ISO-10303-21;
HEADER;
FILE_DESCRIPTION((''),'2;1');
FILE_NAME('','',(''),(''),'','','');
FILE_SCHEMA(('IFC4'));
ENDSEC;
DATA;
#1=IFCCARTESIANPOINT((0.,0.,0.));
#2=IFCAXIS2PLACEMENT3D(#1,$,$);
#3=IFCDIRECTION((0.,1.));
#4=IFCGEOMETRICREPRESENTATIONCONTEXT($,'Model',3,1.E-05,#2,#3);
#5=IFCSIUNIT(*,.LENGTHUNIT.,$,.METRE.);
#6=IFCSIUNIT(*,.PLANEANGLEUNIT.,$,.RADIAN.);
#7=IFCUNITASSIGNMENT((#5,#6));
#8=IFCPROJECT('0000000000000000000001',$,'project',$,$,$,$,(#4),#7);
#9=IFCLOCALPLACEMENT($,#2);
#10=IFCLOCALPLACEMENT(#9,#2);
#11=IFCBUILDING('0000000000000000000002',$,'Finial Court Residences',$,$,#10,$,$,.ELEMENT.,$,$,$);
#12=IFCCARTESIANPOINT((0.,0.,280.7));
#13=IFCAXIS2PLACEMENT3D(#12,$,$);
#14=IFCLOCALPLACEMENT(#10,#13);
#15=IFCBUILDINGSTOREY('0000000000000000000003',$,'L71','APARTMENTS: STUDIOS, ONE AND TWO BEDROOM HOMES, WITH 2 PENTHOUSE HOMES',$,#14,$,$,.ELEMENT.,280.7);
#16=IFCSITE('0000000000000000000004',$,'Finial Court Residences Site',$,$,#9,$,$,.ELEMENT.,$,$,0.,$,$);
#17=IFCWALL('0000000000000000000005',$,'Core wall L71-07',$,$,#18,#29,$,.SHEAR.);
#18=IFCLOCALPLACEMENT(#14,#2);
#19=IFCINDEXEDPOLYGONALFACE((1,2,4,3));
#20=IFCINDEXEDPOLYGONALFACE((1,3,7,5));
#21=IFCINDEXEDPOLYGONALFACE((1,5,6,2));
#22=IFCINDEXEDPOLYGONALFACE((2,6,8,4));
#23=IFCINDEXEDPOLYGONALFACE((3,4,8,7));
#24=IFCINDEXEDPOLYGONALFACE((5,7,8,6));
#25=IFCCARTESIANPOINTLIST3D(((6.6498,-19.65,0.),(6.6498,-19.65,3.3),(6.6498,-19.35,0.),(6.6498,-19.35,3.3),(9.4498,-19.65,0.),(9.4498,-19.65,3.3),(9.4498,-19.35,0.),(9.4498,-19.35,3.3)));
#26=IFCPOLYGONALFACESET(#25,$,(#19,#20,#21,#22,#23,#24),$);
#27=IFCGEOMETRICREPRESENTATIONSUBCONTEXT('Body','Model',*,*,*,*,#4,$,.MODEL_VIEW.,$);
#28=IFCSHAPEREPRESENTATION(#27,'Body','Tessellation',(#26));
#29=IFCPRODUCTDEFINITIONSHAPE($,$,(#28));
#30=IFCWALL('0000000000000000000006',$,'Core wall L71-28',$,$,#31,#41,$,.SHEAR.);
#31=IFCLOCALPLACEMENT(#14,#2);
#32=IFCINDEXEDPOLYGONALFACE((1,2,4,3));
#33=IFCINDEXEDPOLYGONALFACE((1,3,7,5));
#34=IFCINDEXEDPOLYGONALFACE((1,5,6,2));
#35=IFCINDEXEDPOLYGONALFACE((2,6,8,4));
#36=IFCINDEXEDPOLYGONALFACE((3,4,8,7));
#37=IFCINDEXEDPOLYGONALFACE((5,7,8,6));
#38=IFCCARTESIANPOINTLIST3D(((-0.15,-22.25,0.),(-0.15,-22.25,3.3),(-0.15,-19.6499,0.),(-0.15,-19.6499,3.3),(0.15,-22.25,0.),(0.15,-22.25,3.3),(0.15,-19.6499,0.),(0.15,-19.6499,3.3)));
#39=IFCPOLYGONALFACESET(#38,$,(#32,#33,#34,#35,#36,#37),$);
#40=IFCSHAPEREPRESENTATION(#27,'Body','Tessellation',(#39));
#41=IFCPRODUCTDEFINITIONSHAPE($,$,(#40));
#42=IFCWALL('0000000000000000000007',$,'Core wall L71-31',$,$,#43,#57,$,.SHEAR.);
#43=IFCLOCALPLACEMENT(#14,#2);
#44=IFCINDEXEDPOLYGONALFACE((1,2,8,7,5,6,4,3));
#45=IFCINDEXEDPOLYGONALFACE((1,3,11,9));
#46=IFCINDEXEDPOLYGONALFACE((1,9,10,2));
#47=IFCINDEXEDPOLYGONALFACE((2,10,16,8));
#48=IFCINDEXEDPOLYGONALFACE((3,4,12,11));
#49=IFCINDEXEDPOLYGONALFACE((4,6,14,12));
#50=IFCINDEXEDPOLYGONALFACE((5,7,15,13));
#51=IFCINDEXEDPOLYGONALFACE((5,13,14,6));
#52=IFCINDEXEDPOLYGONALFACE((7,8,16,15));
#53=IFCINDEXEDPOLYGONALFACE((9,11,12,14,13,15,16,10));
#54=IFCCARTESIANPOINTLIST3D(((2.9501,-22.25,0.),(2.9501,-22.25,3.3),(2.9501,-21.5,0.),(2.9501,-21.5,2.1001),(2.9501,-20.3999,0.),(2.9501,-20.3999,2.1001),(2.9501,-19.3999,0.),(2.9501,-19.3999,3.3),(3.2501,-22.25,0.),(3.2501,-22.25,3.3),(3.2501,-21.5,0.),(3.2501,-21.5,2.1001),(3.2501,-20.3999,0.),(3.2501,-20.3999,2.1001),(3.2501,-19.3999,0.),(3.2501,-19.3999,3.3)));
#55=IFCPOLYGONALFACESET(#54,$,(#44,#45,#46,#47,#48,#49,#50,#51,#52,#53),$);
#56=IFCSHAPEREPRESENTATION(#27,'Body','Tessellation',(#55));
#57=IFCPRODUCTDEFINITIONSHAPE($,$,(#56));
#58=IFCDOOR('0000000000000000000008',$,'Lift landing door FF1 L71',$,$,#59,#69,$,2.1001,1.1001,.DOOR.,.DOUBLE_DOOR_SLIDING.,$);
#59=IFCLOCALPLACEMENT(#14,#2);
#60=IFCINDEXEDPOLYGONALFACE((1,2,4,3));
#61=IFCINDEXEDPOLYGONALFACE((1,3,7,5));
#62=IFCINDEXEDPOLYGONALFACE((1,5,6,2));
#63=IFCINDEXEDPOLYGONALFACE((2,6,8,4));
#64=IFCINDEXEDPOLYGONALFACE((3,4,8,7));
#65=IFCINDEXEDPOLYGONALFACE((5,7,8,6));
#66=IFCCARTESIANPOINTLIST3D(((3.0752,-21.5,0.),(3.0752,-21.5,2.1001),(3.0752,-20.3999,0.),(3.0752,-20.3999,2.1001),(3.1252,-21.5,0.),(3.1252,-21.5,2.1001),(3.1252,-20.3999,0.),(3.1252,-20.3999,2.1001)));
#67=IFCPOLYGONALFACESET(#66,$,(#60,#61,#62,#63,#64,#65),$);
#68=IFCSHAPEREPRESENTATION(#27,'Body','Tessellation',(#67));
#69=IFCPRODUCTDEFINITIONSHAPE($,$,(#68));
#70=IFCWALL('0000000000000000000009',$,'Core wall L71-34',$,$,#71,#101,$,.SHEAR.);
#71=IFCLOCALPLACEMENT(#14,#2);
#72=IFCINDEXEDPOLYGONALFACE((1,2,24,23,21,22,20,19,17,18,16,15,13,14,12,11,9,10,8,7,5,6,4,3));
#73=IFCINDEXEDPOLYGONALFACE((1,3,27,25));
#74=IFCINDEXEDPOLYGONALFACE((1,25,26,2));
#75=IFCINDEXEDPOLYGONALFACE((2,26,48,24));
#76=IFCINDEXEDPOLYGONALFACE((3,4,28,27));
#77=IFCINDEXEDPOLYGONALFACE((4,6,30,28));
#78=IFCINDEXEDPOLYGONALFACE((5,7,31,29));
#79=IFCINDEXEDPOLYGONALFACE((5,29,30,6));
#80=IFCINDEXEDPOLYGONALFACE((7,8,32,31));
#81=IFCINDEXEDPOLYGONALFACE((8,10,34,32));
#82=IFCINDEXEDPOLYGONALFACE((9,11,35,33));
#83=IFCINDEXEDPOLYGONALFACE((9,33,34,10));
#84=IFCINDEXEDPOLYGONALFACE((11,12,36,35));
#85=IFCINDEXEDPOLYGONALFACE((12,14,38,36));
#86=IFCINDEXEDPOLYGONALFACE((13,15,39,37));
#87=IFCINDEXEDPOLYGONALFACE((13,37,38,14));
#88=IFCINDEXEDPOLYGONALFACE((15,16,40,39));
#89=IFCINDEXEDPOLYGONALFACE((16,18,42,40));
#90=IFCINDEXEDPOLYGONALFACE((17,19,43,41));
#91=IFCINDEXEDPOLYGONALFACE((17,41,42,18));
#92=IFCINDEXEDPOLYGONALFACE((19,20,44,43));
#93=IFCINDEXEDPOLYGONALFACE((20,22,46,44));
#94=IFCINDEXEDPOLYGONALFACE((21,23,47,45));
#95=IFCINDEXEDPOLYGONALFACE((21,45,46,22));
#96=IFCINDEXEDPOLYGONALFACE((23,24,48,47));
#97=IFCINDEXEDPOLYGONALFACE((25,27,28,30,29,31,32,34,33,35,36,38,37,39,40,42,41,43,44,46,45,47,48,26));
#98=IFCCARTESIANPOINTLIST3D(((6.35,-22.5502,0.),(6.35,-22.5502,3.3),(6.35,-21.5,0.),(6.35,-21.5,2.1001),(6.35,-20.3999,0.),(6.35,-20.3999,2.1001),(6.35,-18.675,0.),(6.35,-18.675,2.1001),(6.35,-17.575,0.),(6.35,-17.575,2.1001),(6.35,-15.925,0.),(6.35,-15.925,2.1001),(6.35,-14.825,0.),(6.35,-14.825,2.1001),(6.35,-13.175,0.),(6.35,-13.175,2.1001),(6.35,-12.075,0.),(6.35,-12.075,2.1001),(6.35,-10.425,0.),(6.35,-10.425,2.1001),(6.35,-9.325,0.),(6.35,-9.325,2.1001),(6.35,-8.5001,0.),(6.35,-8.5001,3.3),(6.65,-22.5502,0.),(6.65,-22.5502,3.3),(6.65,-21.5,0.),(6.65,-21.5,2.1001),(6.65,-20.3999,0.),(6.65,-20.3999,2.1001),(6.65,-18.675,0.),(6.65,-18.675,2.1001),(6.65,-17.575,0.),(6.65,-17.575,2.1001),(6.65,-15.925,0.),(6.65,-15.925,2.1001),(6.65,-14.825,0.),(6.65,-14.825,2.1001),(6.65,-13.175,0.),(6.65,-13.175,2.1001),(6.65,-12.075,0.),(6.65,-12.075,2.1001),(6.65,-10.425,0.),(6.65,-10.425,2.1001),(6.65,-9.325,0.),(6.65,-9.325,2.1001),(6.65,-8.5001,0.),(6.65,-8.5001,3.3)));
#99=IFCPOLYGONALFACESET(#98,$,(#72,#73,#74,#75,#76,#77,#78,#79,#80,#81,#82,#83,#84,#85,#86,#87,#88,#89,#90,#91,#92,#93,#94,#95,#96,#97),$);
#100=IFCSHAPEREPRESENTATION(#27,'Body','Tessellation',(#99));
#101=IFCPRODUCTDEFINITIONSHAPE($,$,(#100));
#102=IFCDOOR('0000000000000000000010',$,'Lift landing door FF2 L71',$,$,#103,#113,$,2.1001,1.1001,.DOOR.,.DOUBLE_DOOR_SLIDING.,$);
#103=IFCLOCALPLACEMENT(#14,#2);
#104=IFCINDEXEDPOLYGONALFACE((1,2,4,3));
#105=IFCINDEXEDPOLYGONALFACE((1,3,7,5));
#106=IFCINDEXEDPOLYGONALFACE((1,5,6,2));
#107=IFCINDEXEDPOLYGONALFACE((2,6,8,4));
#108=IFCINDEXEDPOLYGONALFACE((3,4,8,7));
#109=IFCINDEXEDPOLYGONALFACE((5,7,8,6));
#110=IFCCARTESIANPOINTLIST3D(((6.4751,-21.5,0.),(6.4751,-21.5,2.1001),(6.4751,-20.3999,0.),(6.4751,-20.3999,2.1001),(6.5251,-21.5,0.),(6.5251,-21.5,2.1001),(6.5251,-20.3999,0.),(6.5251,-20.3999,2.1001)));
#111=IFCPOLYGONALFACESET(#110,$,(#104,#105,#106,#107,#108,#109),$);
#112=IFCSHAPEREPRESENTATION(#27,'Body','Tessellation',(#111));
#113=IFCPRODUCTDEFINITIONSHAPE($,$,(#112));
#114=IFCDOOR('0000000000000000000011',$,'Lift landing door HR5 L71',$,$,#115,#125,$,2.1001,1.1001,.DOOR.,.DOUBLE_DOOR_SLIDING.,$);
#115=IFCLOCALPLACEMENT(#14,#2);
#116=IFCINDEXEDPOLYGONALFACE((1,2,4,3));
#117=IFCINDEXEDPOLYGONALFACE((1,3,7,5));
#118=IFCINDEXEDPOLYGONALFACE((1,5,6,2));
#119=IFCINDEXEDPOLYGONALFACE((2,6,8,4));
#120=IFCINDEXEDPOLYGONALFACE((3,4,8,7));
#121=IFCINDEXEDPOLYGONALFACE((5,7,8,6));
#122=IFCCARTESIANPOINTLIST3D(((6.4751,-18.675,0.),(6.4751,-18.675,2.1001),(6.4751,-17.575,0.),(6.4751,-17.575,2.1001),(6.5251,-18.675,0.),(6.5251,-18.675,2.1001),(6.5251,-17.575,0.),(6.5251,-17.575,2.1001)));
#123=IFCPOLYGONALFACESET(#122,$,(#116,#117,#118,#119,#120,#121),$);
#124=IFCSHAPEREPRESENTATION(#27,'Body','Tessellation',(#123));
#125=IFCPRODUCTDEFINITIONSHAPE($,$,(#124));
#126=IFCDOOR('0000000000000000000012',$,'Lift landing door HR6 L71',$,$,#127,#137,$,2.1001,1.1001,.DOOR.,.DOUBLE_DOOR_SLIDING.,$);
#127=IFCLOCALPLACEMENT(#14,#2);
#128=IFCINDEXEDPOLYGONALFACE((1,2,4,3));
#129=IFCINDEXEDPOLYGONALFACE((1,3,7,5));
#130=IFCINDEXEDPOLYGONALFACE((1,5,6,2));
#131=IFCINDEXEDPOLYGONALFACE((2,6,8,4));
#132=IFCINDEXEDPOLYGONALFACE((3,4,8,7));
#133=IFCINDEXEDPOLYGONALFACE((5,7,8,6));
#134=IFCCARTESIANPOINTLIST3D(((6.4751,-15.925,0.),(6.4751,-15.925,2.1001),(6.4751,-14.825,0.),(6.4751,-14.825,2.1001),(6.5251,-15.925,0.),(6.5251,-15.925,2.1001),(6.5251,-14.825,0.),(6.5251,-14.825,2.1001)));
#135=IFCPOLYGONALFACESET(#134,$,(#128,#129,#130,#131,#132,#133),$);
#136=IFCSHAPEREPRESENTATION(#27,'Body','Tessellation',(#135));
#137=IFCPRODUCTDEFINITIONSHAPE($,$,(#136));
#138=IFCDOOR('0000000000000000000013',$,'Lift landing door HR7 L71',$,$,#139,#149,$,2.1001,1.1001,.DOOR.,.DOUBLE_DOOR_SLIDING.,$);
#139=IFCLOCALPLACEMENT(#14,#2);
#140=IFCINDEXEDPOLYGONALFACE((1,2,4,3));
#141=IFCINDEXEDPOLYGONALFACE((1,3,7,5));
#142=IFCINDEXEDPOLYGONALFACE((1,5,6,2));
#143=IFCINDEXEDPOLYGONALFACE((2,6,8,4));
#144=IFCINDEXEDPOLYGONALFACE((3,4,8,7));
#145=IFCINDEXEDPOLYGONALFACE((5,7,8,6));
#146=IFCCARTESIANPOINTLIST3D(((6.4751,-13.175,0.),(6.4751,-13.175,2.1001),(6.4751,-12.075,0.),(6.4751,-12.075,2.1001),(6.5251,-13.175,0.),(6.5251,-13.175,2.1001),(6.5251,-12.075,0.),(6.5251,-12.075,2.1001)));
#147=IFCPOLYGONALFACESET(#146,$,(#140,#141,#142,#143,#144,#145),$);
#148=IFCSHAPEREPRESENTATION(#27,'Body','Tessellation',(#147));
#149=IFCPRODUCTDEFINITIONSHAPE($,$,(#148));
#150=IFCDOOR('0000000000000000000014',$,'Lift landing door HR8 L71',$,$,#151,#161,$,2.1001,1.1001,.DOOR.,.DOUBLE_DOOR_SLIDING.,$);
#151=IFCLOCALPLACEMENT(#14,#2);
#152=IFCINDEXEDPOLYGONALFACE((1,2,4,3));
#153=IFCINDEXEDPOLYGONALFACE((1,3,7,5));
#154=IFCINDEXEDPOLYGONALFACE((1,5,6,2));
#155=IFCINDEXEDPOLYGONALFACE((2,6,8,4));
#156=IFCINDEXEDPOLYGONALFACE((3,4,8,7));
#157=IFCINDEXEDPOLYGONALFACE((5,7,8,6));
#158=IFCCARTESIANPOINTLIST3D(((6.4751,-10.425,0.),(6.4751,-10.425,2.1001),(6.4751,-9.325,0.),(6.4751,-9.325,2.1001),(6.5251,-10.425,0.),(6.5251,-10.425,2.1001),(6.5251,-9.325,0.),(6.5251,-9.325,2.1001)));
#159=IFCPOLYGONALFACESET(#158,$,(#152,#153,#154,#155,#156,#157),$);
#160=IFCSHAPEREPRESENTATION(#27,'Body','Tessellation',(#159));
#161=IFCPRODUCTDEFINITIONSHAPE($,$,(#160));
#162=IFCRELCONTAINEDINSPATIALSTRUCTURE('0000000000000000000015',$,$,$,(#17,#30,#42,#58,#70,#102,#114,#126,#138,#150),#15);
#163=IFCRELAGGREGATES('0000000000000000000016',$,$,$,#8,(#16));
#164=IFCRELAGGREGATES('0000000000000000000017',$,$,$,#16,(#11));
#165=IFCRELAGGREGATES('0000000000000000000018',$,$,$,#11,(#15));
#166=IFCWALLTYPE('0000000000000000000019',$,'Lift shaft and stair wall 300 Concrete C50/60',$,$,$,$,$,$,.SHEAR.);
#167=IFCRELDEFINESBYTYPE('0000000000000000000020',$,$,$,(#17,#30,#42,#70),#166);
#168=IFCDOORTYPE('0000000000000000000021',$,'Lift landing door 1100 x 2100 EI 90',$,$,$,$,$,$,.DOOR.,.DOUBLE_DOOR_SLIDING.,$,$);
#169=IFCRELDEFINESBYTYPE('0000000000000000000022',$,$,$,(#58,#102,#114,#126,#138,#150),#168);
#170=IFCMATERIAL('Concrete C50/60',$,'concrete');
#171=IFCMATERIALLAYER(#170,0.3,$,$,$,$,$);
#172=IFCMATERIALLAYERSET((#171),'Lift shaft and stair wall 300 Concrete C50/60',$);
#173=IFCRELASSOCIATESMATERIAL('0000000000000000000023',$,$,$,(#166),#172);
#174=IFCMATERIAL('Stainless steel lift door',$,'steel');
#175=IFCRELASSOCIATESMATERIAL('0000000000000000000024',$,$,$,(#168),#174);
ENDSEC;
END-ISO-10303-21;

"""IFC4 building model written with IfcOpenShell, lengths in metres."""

from ifc_helpers import new_model, si_unit, direction, frame, frame_2d, origin, place, context, subcontext, project, spatial, rectangle, extrude, material, layer, layer_set, type_object, element, fill, save


model = new_model("IFC4")

# Units and contexts
model_context = context("Model", 3, precision=1e-05, world=origin(), true_north=direction((0.0, 1.0)))
body_context = subcontext(model_context, "Body", "Model", "MODEL_VIEW")
ifc_project = project(units=[si_unit("LENGTHUNIT", "METRE"), si_unit("PLANEANGLEUNIT", "RADIAN")], contexts=[model_context])

# Site, building, storey
site_placement = place(None, origin())
site = spatial("IfcSite", under=ifc_project, at=site_placement, Name="Finial Court Residences Site", CompositionType="ELEMENT", RefElevation=0.0)
building_placement = place(site_placement, origin())
building = spatial("IfcBuilding", under=site, at=building_placement, Name="Finial Court Residences", CompositionType="ELEMENT")
storey_placement = place(building_placement, frame((0.0, 0.0, 280.7)))
storey = spatial("IfcBuildingStorey", under=building, at=storey_placement, Name="L71", Description="APARTMENTS: STUDIOS, ONE AND TWO BEDROOM HOMES, WITH 2 PENTHOUSE HOMES", CompositionType="ELEMENT", Elevation=280.7)

# Walls
ifc_material_1 = material(Name="Concrete C50/60", Category="concrete")
ifc_layer_1 = layer(ifc_material_1, 0.3)
ifc_layer_set_1 = layer_set([ifc_layer_1], Name="Lift shaft and stair wall 300 Concrete C50/60")
wall_type_1 = type_object("IfcWallType", Name="Lift shaft and stair wall 300 Concrete C50/60", PredefinedType="SHEAR", material=ifc_layer_set_1)
wall_1_placement = place(storey_placement, frame((6.6499, -19.5, 0.0), z_axis=(0.0, 0.0, 1.0), x_axis=(1.0, 0.0, 0.0)))
element("IfcWall", 1, at=wall_1_placement, inside=storey, type_object=wall_type_1, Name="Core wall L71-07", PredefinedType="SHEAR", context=body_context, shape_type="SweptSolid", body=[
    extrude(rectangle(XDim=2.8, YDim=0.3, at=frame_2d((1.3999, 0.0))), origin(), (0.0, 0.0, 1.0), 3.3),
])
wall_2_placement = place(storey_placement, frame((0.0, -22.25, 0.0), z_axis=(0.0, 0.0, 1.0), x_axis=(0.0, 1.0, 0.0)))
element("IfcWall", 2, at=wall_2_placement, inside=storey, type_object=wall_type_1, Name="Core wall L71-28", PredefinedType="SHEAR", context=body_context, shape_type="SweptSolid", body=[
    extrude(rectangle(XDim=2.6001, YDim=0.3, at=frame_2d((1.3, 0.0))), origin(), (0.0, 0.0, 1.0), 3.3),
])

# Wall, opening, door
wall_3_placement = place(storey_placement, frame((3.1001, -22.25, 0.0), z_axis=(0.0, 0.0, 1.0), x_axis=(0.0, 1.0, 0.0)))
wall_3 = element("IfcWall", 3, at=wall_3_placement, inside=storey, type_object=wall_type_1, Name="Core wall L71-31", PredefinedType="SHEAR", context=body_context, shape_type="SweptSolid", body=[
    extrude(rectangle(XDim=2.8501, YDim=0.3, at=frame_2d((1.425, 0.0))), origin(), (0.0, 0.0, 1.0), 3.3),
])
opening_1_placement = place(wall_3_placement, frame((0.75, 0.0, 0.0)))
opening_1 = element("IfcOpeningElement", 4, at=opening_1_placement, cuts=wall_3, PredefinedType="OPENING", context=body_context, shape_type="SweptSolid", body=[
    extrude(rectangle(XDim=1.1001, YDim=2.1001, at=frame_2d((0.55, 1.05))), frame((0.0, 0.1599, 0.0), z_axis=(0.0, -1.0, 0.0), x_axis=(1.0, 0.0, 0.0)), (0.0, 0.0, 1.0), 0.3201),
])
ifc_material_2 = material(Name="Stainless steel lift door", Category="steel")
door_type_1 = type_object("IfcDoorType", Name="Lift landing door 1100 x 2100 EI 90", OperationType="DOUBLE_DOOR_SLIDING", PredefinedType="DOOR", material=ifc_material_2)
door_1_placement = place(opening_1_placement, origin())
door_1 = element("IfcDoor", 5, at=door_1_placement, inside=storey, type_object=door_type_1, Name="Lift landing door FF1 L71", OperationType="DOUBLE_DOOR_SLIDING", OverallHeight=2.1001, OverallWidth=1.1001, PredefinedType="DOOR", context=body_context, shape_type="SweptSolid", body=[
    extrude(rectangle(XDim=1.1001, YDim=2.1001, at=frame_2d((0.55, 1.05))), frame((0.0, 0.0249, 0.0), z_axis=(0.0, -1.0, 0.0), x_axis=(1.0, 0.0, 0.0)), (0.0, 0.0, 1.0), 0.05),
])
fill(opening_1, door_1)

# Wall, openings, doors
wall_4_placement = place(storey_placement, frame((6.5, -22.55, 0.0), z_axis=(0.0, 0.0, 1.0), x_axis=(0.0, 1.0, 0.0)))
wall_4 = element("IfcWall", 6, at=wall_4_placement, inside=storey, type_object=wall_type_1, Name="Core wall L71-34", PredefinedType="SHEAR", context=body_context, shape_type="SweptSolid", body=[
    extrude(rectangle(XDim=14.05, YDim=0.3, at=frame_2d((7.0249, 0.0))), origin(), (0.0, 0.0, 1.0), 3.3),
])
opening_2_placement = place(wall_4_placement, frame((1.05, 0.0, 0.0)))
opening_2 = element("IfcOpeningElement", 7, at=opening_2_placement, cuts=wall_4, PredefinedType="OPENING", context=body_context, shape_type="SweptSolid", body=[
    extrude(rectangle(XDim=1.1001, YDim=2.1001, at=frame_2d((0.55, 1.05))), frame((0.0, 0.1599, 0.0), z_axis=(0.0, -1.0, 0.0), x_axis=(1.0, 0.0, 0.0)), (0.0, 0.0, 1.0), 0.3201),
])
opening_3_placement = place(wall_4_placement, frame((3.875, 0.0, 0.0)))
opening_3 = element("IfcOpeningElement", 8, at=opening_3_placement, cuts=wall_4, PredefinedType="OPENING", context=body_context, shape_type="SweptSolid", body=[
    extrude(rectangle(XDim=1.1001, YDim=2.1001, at=frame_2d((0.55, 1.05))), frame((0.0, 0.1599, 0.0), z_axis=(0.0, -1.0, 0.0), x_axis=(1.0, 0.0, 0.0)), (0.0, 0.0, 1.0), 0.3201),
])
opening_4_placement = place(wall_4_placement, frame((6.625, 0.0, 0.0)))
opening_4 = element("IfcOpeningElement", 9, at=opening_4_placement, cuts=wall_4, PredefinedType="OPENING", context=body_context, shape_type="SweptSolid", body=[
    extrude(rectangle(XDim=1.1001, YDim=2.1001, at=frame_2d((0.55, 1.05))), frame((0.0, 0.1599, 0.0), z_axis=(0.0, -1.0, 0.0), x_axis=(1.0, 0.0, 0.0)), (0.0, 0.0, 1.0), 0.3201),
])
opening_5_placement = place(wall_4_placement, frame((9.375, 0.0, 0.0)))
opening_5 = element("IfcOpeningElement", 10, at=opening_5_placement, cuts=wall_4, PredefinedType="OPENING", context=body_context, shape_type="SweptSolid", body=[
    extrude(rectangle(XDim=1.1001, YDim=2.1001, at=frame_2d((0.55, 1.05))), frame((0.0, 0.1599, 0.0), z_axis=(0.0, -1.0, 0.0), x_axis=(1.0, 0.0, 0.0)), (0.0, 0.0, 1.0), 0.3201),
])
opening_6_placement = place(wall_4_placement, frame((12.125, 0.0, 0.0)))
opening_6 = element("IfcOpeningElement", 11, at=opening_6_placement, cuts=wall_4, PredefinedType="OPENING", context=body_context, shape_type="SweptSolid", body=[
    extrude(rectangle(XDim=1.1001, YDim=2.1001, at=frame_2d((0.55, 1.05))), frame((0.0, 0.1599, 0.0), z_axis=(0.0, -1.0, 0.0), x_axis=(1.0, 0.0, 0.0)), (0.0, 0.0, 1.0), 0.3201),
])
door_2_placement = place(opening_2_placement, origin())
door_2 = element("IfcDoor", 12, at=door_2_placement, inside=storey, type_object=door_type_1, Name="Lift landing door FF2 L71", OperationType="DOUBLE_DOOR_SLIDING", OverallHeight=2.1001, OverallWidth=1.1001, PredefinedType="DOOR", context=body_context, shape_type="SweptSolid", body=[
    extrude(rectangle(XDim=1.1001, YDim=2.1001, at=frame_2d((0.55, 1.05))), frame((0.0, 0.0249, 0.0), z_axis=(0.0, -1.0, 0.0), x_axis=(1.0, 0.0, 0.0)), (0.0, 0.0, 1.0), 0.05),
])
fill(opening_2, door_2)
door_3_placement = place(opening_3_placement, origin())
door_3 = element("IfcDoor", 13, at=door_3_placement, inside=storey, type_object=door_type_1, Name="Lift landing door HR5 L71", OperationType="DOUBLE_DOOR_SLIDING", OverallHeight=2.1001, OverallWidth=1.1001, PredefinedType="DOOR", context=body_context, shape_type="SweptSolid", body=[
    extrude(rectangle(XDim=1.1001, YDim=2.1001, at=frame_2d((0.55, 1.05))), frame((0.0, 0.0249, 0.0), z_axis=(0.0, -1.0, 0.0), x_axis=(1.0, 0.0, 0.0)), (0.0, 0.0, 1.0), 0.05),
])
fill(opening_3, door_3)
door_4_placement = place(opening_4_placement, origin())
door_4 = element("IfcDoor", 14, at=door_4_placement, inside=storey, type_object=door_type_1, Name="Lift landing door HR6 L71", OperationType="DOUBLE_DOOR_SLIDING", OverallHeight=2.1001, OverallWidth=1.1001, PredefinedType="DOOR", context=body_context, shape_type="SweptSolid", body=[
    extrude(rectangle(XDim=1.1001, YDim=2.1001, at=frame_2d((0.55, 1.05))), frame((0.0, 0.0249, 0.0), z_axis=(0.0, -1.0, 0.0), x_axis=(1.0, 0.0, 0.0)), (0.0, 0.0, 1.0), 0.05),
])
fill(opening_4, door_4)
door_5_placement = place(opening_5_placement, origin())
door_5 = element("IfcDoor", 15, at=door_5_placement, inside=storey, type_object=door_type_1, Name="Lift landing door HR7 L71", OperationType="DOUBLE_DOOR_SLIDING", OverallHeight=2.1001, OverallWidth=1.1001, PredefinedType="DOOR", context=body_context, shape_type="SweptSolid", body=[
    extrude(rectangle(XDim=1.1001, YDim=2.1001, at=frame_2d((0.55, 1.05))), frame((0.0, 0.0249, 0.0), z_axis=(0.0, -1.0, 0.0), x_axis=(1.0, 0.0, 0.0)), (0.0, 0.0, 1.0), 0.05),
])
fill(opening_5, door_5)
door_6_placement = place(opening_6_placement, origin())
door_6 = element("IfcDoor", 16, at=door_6_placement, inside=storey, type_object=door_type_1, Name="Lift landing door HR8 L71", OperationType="DOUBLE_DOOR_SLIDING", OverallHeight=2.1001, OverallWidth=1.1001, PredefinedType="DOOR", context=body_context, shape_type="SweptSolid", body=[
    extrude(rectangle(XDim=1.1001, YDim=2.1001, at=frame_2d((0.55, 1.05))), frame((0.0, 0.0249, 0.0), z_axis=(0.0, -1.0, 0.0), x_axis=(1.0, 0.0, 0.0)), (0.0, 0.0, 1.0), 0.05),
])
fill(opening_6, door_6)

save(model, "model.ifc")
